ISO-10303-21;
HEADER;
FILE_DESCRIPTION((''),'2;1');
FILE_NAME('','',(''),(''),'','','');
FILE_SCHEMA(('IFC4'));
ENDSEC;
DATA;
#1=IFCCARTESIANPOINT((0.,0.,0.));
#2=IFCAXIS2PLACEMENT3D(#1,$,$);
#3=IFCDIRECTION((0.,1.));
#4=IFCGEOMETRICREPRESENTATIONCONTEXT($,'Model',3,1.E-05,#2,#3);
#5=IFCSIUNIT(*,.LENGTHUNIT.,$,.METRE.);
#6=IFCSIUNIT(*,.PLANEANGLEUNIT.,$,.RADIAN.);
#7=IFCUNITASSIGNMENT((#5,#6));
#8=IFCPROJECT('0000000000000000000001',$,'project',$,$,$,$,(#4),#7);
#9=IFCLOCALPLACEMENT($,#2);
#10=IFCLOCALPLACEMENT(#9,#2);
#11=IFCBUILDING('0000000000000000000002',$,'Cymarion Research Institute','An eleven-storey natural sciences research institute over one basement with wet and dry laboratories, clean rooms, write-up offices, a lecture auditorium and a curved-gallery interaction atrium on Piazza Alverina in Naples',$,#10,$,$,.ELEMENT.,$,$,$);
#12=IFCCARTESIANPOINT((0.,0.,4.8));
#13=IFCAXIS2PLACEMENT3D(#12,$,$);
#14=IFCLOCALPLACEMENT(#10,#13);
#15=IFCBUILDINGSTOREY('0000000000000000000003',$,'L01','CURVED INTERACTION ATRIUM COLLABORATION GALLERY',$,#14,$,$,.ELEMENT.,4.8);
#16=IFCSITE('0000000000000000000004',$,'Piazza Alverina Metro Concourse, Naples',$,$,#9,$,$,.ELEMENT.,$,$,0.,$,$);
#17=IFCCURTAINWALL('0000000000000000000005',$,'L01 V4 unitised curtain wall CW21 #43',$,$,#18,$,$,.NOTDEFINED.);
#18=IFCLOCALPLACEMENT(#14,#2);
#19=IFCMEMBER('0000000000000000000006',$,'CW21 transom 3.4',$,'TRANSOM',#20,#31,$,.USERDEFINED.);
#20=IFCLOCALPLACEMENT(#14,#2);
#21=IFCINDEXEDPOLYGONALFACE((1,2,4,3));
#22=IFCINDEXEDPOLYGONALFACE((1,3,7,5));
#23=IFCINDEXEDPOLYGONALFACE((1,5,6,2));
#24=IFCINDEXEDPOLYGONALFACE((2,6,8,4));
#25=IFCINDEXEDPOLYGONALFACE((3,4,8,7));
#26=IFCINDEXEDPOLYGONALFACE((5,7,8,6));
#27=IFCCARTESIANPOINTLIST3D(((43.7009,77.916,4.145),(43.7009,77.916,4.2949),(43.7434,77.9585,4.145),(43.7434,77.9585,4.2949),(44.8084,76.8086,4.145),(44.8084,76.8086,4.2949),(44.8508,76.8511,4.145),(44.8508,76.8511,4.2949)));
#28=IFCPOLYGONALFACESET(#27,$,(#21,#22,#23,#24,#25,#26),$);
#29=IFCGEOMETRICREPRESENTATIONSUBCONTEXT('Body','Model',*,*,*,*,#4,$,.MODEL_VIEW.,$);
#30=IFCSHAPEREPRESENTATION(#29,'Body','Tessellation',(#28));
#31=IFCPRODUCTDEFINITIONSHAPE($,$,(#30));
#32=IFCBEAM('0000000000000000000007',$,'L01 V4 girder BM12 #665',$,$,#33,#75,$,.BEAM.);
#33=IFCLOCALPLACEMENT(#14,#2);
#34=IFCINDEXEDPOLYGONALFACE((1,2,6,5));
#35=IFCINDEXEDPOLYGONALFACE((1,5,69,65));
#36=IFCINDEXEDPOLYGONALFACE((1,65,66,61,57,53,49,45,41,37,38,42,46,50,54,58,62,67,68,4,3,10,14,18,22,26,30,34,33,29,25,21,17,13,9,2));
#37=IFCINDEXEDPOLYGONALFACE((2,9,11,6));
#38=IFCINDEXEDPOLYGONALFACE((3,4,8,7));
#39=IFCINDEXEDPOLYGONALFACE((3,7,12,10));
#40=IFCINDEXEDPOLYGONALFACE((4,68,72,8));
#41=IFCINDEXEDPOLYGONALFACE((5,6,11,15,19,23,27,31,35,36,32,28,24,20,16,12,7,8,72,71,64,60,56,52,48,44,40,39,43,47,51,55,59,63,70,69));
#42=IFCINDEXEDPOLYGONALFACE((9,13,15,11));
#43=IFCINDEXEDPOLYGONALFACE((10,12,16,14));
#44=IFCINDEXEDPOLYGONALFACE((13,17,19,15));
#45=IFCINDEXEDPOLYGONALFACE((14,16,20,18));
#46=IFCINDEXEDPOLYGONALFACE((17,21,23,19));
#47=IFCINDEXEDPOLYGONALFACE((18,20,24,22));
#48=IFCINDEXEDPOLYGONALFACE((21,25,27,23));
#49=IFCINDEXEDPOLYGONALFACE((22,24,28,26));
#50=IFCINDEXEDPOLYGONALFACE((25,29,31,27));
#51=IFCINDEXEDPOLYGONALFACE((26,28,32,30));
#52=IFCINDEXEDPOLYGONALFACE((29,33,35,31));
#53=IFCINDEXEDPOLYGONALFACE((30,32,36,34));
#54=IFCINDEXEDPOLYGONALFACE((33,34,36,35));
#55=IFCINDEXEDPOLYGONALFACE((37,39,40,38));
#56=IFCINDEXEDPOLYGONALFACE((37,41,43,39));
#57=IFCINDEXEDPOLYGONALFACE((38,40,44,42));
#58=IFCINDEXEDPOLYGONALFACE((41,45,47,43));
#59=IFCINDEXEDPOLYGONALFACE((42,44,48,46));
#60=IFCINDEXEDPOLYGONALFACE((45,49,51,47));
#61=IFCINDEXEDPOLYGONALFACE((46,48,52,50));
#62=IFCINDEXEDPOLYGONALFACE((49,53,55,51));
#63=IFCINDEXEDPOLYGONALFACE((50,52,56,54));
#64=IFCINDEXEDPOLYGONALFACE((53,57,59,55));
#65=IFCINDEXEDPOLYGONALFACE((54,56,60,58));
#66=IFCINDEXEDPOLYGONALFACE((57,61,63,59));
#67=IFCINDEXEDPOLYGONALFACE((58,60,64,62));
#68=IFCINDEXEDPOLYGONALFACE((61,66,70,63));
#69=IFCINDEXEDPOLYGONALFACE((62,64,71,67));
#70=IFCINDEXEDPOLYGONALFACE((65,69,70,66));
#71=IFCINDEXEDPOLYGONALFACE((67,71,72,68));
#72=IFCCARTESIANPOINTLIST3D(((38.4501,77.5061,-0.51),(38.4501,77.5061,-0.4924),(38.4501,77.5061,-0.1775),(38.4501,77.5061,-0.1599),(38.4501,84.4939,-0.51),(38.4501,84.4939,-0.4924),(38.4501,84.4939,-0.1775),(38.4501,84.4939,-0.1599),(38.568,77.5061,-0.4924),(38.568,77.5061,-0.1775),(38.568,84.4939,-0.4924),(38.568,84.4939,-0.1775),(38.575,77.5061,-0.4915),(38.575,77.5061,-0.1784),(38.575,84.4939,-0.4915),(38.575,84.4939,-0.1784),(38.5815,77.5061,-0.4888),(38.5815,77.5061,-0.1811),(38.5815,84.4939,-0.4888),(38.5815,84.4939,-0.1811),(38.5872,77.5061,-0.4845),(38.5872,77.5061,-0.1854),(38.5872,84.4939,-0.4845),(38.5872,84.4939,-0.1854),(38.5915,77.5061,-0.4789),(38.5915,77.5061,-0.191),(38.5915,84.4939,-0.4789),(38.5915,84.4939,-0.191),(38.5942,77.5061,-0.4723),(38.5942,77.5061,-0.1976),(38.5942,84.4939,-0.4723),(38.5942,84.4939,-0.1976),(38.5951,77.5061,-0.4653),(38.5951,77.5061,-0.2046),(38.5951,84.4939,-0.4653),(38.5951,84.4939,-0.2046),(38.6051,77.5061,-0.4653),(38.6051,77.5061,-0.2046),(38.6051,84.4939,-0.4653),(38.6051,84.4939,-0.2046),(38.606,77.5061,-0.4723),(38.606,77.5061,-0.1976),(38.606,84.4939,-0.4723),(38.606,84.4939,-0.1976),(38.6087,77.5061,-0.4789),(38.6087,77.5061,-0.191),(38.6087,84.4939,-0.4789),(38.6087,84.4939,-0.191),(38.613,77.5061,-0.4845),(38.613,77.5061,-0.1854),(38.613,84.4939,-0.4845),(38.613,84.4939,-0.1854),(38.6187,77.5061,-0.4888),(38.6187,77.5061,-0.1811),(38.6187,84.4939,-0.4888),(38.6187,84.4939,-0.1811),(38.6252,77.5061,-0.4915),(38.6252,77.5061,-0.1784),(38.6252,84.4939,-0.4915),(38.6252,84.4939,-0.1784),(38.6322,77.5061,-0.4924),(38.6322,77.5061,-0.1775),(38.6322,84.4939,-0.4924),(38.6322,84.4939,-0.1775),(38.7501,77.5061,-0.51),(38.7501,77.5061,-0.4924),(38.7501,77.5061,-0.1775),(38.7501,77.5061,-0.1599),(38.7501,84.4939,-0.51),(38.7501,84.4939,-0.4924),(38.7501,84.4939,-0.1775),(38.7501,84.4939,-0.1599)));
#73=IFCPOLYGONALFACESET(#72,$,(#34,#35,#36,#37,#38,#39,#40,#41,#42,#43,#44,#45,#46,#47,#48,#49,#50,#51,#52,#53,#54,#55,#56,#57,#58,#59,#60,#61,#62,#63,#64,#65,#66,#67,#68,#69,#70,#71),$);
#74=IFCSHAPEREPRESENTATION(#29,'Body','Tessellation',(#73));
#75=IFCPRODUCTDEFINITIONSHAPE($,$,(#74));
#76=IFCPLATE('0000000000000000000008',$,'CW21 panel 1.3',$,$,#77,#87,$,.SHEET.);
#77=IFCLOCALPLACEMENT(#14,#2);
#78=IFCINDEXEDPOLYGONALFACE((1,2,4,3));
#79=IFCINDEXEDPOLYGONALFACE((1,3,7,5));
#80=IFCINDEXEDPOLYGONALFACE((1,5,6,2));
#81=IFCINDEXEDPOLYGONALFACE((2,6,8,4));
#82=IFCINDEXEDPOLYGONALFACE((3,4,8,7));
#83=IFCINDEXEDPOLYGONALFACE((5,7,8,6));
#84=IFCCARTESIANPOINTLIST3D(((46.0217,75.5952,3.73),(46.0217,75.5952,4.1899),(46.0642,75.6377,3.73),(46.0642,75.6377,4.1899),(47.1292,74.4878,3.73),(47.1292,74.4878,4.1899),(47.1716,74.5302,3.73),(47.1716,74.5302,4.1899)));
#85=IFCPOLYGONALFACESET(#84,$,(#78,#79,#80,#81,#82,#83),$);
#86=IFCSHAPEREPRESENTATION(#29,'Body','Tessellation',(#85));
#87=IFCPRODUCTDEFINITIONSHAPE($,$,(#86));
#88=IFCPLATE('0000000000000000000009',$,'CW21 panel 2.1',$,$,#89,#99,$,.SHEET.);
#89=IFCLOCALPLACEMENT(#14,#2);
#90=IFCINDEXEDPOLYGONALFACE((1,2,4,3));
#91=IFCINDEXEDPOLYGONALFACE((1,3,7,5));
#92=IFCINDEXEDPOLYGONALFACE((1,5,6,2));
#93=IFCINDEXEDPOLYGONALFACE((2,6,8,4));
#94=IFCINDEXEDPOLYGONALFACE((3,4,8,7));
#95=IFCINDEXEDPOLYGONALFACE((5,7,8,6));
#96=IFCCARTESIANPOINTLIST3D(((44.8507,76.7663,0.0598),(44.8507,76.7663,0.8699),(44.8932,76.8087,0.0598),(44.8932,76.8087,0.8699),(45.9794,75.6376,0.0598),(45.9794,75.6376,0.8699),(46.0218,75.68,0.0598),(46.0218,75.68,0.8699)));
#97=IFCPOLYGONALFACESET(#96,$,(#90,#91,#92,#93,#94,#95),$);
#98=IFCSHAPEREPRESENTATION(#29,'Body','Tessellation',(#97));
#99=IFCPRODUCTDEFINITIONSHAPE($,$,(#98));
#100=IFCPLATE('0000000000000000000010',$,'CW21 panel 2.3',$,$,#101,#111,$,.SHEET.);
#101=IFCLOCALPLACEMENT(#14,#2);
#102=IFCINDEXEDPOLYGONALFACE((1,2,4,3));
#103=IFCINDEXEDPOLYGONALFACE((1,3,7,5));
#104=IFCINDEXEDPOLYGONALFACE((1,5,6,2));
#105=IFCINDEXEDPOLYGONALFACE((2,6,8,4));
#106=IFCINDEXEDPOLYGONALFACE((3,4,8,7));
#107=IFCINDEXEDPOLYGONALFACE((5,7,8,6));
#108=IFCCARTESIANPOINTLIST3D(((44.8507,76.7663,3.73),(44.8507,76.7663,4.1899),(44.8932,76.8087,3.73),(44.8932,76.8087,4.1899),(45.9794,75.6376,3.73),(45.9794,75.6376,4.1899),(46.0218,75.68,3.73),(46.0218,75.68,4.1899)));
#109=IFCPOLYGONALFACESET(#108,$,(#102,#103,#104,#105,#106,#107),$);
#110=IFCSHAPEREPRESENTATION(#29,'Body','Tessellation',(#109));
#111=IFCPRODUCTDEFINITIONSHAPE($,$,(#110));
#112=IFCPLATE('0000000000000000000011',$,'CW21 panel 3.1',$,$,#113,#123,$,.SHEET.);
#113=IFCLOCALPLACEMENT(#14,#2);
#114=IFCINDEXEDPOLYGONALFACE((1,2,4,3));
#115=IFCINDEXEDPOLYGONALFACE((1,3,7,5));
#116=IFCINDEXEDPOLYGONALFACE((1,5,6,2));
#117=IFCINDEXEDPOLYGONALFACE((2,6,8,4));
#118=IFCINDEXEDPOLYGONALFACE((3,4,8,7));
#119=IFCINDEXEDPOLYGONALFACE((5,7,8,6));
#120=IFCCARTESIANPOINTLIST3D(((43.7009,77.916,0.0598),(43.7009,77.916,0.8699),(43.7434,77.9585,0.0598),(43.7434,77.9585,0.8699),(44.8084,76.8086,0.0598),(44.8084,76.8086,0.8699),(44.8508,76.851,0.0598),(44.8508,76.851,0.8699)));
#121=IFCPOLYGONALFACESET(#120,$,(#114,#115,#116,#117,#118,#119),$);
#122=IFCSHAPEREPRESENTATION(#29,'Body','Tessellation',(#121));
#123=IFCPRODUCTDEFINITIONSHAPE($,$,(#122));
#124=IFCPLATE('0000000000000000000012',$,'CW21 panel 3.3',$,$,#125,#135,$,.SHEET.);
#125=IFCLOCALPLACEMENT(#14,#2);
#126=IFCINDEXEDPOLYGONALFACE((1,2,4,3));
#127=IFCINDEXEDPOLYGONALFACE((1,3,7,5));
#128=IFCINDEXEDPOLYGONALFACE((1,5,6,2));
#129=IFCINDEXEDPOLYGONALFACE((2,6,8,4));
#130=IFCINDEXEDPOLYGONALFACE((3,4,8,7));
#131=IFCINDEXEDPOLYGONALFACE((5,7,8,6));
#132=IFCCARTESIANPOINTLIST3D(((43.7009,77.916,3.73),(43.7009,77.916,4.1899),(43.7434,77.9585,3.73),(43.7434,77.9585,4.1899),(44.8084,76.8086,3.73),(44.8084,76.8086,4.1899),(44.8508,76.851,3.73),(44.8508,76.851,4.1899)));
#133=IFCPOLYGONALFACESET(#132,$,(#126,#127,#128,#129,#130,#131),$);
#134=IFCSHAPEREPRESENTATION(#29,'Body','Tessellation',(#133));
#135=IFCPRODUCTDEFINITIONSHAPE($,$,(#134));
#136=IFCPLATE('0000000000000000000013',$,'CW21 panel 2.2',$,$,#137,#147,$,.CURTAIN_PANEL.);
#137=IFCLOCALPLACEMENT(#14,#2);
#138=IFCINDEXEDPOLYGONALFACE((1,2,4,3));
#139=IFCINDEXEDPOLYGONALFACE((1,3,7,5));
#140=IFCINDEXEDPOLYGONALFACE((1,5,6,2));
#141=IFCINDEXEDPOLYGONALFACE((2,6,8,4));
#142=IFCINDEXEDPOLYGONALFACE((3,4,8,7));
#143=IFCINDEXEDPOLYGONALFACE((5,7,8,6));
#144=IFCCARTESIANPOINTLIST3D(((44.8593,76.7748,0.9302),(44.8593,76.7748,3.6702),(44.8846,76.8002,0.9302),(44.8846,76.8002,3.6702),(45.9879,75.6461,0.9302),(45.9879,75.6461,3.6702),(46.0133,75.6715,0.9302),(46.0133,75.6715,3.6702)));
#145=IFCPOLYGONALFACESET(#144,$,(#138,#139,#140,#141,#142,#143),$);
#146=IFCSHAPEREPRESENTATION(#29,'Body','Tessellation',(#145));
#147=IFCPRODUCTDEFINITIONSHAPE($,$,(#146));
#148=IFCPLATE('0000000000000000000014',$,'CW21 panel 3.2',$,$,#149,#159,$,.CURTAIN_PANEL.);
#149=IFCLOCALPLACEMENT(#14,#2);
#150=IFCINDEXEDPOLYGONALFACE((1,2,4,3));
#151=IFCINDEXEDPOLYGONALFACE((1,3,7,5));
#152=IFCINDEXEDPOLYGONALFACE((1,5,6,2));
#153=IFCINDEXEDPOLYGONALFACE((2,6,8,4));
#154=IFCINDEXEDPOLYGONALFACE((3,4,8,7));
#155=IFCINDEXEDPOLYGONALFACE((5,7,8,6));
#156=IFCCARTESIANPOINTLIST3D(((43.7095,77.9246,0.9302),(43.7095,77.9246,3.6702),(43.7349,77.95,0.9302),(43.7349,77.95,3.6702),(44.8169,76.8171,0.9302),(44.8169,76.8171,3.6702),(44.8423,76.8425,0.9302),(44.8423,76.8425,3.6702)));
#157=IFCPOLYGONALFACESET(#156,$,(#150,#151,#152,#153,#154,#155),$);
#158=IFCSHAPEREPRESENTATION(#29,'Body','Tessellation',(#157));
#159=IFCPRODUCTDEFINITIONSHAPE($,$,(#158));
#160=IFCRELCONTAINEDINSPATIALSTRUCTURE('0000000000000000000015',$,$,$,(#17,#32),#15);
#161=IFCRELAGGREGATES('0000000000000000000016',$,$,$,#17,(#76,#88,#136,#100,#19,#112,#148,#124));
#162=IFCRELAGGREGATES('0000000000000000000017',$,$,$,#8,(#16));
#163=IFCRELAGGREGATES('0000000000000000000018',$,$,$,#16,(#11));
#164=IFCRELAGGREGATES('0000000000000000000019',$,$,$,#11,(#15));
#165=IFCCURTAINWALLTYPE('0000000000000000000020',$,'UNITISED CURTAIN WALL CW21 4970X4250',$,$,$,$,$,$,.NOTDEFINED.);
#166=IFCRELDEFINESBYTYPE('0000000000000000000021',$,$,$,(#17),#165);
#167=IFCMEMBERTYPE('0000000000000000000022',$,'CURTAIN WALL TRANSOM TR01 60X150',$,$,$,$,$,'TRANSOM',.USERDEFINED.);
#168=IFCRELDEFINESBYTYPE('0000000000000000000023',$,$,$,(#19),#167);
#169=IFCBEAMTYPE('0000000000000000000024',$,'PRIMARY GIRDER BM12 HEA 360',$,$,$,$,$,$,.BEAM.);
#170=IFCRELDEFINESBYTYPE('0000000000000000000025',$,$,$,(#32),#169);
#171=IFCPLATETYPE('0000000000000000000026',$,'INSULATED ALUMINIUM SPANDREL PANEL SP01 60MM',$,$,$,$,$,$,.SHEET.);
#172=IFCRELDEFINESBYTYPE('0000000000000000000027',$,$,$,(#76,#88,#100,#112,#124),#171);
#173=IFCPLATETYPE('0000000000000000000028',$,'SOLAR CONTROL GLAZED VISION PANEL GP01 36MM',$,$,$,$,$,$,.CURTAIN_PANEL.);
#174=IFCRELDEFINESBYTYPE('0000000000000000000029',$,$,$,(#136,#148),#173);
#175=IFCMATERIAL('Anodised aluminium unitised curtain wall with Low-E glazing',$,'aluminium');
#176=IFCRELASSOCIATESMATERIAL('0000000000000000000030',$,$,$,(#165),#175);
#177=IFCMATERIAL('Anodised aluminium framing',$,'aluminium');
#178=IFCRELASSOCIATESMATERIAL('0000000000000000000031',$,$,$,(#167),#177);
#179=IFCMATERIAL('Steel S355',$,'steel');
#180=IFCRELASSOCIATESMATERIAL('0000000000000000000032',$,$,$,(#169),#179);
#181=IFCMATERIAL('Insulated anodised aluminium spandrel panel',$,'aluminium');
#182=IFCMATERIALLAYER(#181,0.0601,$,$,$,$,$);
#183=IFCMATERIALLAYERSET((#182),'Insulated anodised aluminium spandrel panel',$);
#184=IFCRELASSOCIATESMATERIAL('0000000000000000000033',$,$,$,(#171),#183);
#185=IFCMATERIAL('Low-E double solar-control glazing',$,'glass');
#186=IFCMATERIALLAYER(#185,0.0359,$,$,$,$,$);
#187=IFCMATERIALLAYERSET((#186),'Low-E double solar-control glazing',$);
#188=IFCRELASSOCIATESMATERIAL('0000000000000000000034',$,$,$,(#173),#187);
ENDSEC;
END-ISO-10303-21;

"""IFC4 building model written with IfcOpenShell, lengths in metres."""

from ifc_helpers import new_model, si_unit, direction, frame, origin, origin_2d, place, context, subcontext, project, spatial, rectangle, i_section, extrude, material, layer, layer_set, material_profile, profile_set, type_object, element, aggregate, save


model = new_model("IFC4")

# Units and contexts
model_context = context("Model", 3, precision=1e-05, world=origin(), true_north=direction((0.0, 1.0)))
body_context = subcontext(model_context, "Body", "Model", "MODEL_VIEW")
ifc_project = project(units=[si_unit("LENGTHUNIT", "METRE"), si_unit("PLANEANGLEUNIT", "RADIAN")], contexts=[model_context])

# Site, building, storey
site_placement = place(None, origin())
site = spatial("IfcSite", under=ifc_project, at=site_placement, Name="Piazza Alverina Metro Concourse, Naples", CompositionType="ELEMENT", RefElevation=0.0)
building_placement = place(site_placement, origin())
building = spatial("IfcBuilding", under=site, at=building_placement, Name="Cymarion Research Institute", Description="An eleven-storey natural sciences research institute over one basement with wet and dry laboratories, clean rooms, write-up offices, a lecture auditorium and a curved-gallery interaction atrium on Piazza Alverina in Naples", CompositionType="ELEMENT")
storey_placement = place(building_placement, frame((0.0, 0.0, 4.8)))
storey = spatial("IfcBuildingStorey", under=building, at=storey_placement, Name="L01", Description="CURVED INTERACTION ATRIUM COLLABORATION GALLERY", CompositionType="ELEMENT", Elevation=4.8)

# Shared definitions
ifc_material_1 = material(Name="Steel S355", Category="steel")

# Curtain wall, member
ifc_material_2 = material(Name="Anodised aluminium unitised curtain wall with Low-E glazing", Category="aluminium")
curtain_wall_type = type_object("IfcCurtainWallType", Name="UNITISED CURTAIN WALL CW21 4970X4250", PredefinedType="NOTDEFINED", material=ifc_material_2)
curtain_wall_placement = place(storey_placement, origin())
curtain_wall = element("IfcCurtainWall", 1, at=curtain_wall_placement, inside=storey, type_object=curtain_wall_type, Name="L01 V4 unitised curtain wall CW21 #43", PredefinedType="NOTDEFINED")
ifc_material_3 = material(Name="Anodised aluminium framing", Category="aluminium")
ifc_material_profile_1 = material_profile(ifc_material_3, rectangle(XDim=0.0601, YDim=0.1499, at=origin_2d()), Name="ALU TRANSOM 60x150")
ifc_profile_set_1 = profile_set([ifc_material_profile_1], Name="Anodised aluminium framing")
member_type_1 = type_object("IfcMemberType", Name="CURTAIN WALL TRANSOM TR01 60X150", ElementType="TRANSOM", PredefinedType="USERDEFINED", material=ifc_profile_set_1)
member_1_placement = place(storey_placement, frame((44.8296, 76.8298, 4.22), z_axis=(-0.707107, 0.707107, 0.0), x_axis=(-0.707107, -0.707107, 0.0)))
member_1 = element("IfcMember", 2, at=member_1_placement, type_object=member_type_1, Name="CW21 transom 3.4", ObjectType="TRANSOM", PredefinedType="USERDEFINED", context=body_context, shape_type="SweptSolid", body=[
    extrude(rectangle(XDim=0.0601, YDim=0.1499, at=origin_2d()), origin(), (0.0, 0.0, 1.0), 1.5662),
])

# Beam
ifc_material_profile_2 = material_profile(ifc_material_1, i_section(OverallWidth=0.3, OverallDepth=0.3501, WebThickness=0.01, FlangeThickness=0.0176, FilletRadius=0.0271, at=origin_2d()), Name="HEA 360")
ifc_profile_set_2 = profile_set([ifc_material_profile_2], Name="Steel S355")
beam_type = type_object("IfcBeamType", Name="PRIMARY GIRDER BM12 HEA 360", PredefinedType="BEAM", material=ifc_profile_set_2)
beam_placement = place(storey_placement, frame((38.6001, 77.5061, -0.335), z_axis=(0.0, 1.0, 0.0), x_axis=(-1.0, 0.0, 0.0)))
element("IfcBeam", 3, at=beam_placement, inside=storey, type_object=beam_type, Name="L01 V4 girder BM12 #665", PredefinedType="BEAM", context=body_context, shape_type="SweptSolid", body=[
    extrude(i_section(OverallWidth=0.3, OverallDepth=0.3501, WebThickness=0.01, FlangeThickness=0.0176, FilletRadius=0.0271, at=origin_2d()), origin(), (0.0, 0.0, 1.0), 6.9878),
])

# Plates
ifc_material_4 = material(Name="Insulated anodised aluminium spandrel panel", Category="aluminium")
ifc_layer_1 = layer(ifc_material_4, 0.0601)
ifc_layer_set_1 = layer_set([ifc_layer_1], Name="Insulated anodised aluminium spandrel panel")
plate_type_1 = type_object("IfcPlateType", Name="INSULATED ALUMINIUM SPANDREL PANEL SP01 60MM", PredefinedType="SHEET", material=ifc_layer_set_1)
plate_1_placement = place(storey_placement, frame((46.5967, 75.0627, 3.73), z_axis=(0.0, 0.0, 1.0), x_axis=(-0.707097, 0.707117, 0.0)))
plate_1 = element("IfcPlate", 4, at=plate_1_placement, type_object=plate_type_1, Name="CW21 panel 1.3", PredefinedType="SHEET", context=body_context, shape_type="SweptSolid", body=[
    extrude(rectangle(XDim=1.5662, YDim=0.0601, at=origin_2d()), origin(), (0.0, 0.0, 1.0), 0.46),
])
plate_2_placement = place(storey_placement, frame((45.4363, 76.2231, 0.0598), z_axis=(0.0, 0.0, 1.0), x_axis=(-0.707097, 0.707117, 0.0)))
plate_2 = element("IfcPlate", 5, at=plate_2_placement, type_object=plate_type_1, Name="CW21 panel 2.1", PredefinedType="SHEET", context=body_context, shape_type="SweptSolid", body=[
    extrude(rectangle(XDim=1.5962, YDim=0.0601, at=origin_2d()), origin(), (0.0, 0.0, 1.0), 0.8101),
])
plate_3_placement = place(storey_placement, frame((45.4363, 76.2231, 3.73), z_axis=(0.0, 0.0, 1.0), x_axis=(-0.707097, 0.707117, 0.0)))
plate_3 = element("IfcPlate", 6, at=plate_3_placement, type_object=plate_type_1, Name="CW21 panel 2.3", PredefinedType="SHEET", context=body_context, shape_type="SweptSolid", body=[
    extrude(rectangle(XDim=1.5962, YDim=0.0601, at=origin_2d()), origin(), (0.0, 0.0, 1.0), 0.46),
])
plate_4_placement = place(storey_placement, frame((44.2759, 77.3835, 0.0598), z_axis=(0.0, 0.0, 1.0), x_axis=(-0.707097, 0.707117, 0.0)))
plate_4 = element("IfcPlate", 7, at=plate_4_placement, type_object=plate_type_1, Name="CW21 panel 3.1", PredefinedType="SHEET", context=body_context, shape_type="SweptSolid", body=[
    extrude(rectangle(XDim=1.5662, YDim=0.0601, at=origin_2d()), origin(), (0.0, 0.0, 1.0), 0.8101),
])
plate_5_placement = place(storey_placement, frame((44.2759, 77.3835, 3.73), z_axis=(0.0, 0.0, 1.0), x_axis=(-0.707097, 0.707117, 0.0)))
plate_5 = element("IfcPlate", 8, at=plate_5_placement, type_object=plate_type_1, Name="CW21 panel 3.3", PredefinedType="SHEET", context=body_context, shape_type="SweptSolid", body=[
    extrude(rectangle(XDim=1.5662, YDim=0.0601, at=origin_2d()), origin(), (0.0, 0.0, 1.0), 0.46),
])
ifc_material_5 = material(Name="Low-E double solar-control glazing", Category="glass")
ifc_layer_2 = layer(ifc_material_5, 0.0359)
ifc_layer_set_2 = layer_set([ifc_layer_2], Name="Low-E double solar-control glazing")
plate_type_2 = type_object("IfcPlateType", Name="SOLAR CONTROL GLAZED VISION PANEL GP01 36MM", PredefinedType="CURTAIN_PANEL", material=ifc_layer_set_2)
plate_6_placement = place(storey_placement, frame((45.4363, 76.2231, 0.9302), z_axis=(0.0, 0.0, 1.0), x_axis=(-0.707097, 0.707117, 0.0)))
plate_6 = element("IfcPlate", 9, at=plate_6_placement, type_object=plate_type_2, Name="CW21 panel 2.2", PredefinedType="CURTAIN_PANEL", context=body_context, shape_type="SweptSolid", body=[
    extrude(rectangle(XDim=1.5962, YDim=0.0359, at=origin_2d()), origin(), (0.0, 0.0, 1.0), 2.74),
])
plate_7_placement = place(storey_placement, frame((44.2759, 77.3835, 0.9302), z_axis=(0.0, 0.0, 1.0), x_axis=(-0.707097, 0.707117, 0.0)))
plate_7 = element("IfcPlate", 10, at=plate_7_placement, type_object=plate_type_2, Name="CW21 panel 3.2", PredefinedType="CURTAIN_PANEL", context=body_context, shape_type="SweptSolid", body=[
    extrude(rectangle(XDim=1.5662, YDim=0.0359, at=origin_2d()), origin(), (0.0, 0.0, 1.0), 2.74),
])
aggregate(curtain_wall, [plate_1, plate_2, plate_6, plate_3, member_1, plate_4, plate_7, plate_5])

save(model, "model.ifc")
